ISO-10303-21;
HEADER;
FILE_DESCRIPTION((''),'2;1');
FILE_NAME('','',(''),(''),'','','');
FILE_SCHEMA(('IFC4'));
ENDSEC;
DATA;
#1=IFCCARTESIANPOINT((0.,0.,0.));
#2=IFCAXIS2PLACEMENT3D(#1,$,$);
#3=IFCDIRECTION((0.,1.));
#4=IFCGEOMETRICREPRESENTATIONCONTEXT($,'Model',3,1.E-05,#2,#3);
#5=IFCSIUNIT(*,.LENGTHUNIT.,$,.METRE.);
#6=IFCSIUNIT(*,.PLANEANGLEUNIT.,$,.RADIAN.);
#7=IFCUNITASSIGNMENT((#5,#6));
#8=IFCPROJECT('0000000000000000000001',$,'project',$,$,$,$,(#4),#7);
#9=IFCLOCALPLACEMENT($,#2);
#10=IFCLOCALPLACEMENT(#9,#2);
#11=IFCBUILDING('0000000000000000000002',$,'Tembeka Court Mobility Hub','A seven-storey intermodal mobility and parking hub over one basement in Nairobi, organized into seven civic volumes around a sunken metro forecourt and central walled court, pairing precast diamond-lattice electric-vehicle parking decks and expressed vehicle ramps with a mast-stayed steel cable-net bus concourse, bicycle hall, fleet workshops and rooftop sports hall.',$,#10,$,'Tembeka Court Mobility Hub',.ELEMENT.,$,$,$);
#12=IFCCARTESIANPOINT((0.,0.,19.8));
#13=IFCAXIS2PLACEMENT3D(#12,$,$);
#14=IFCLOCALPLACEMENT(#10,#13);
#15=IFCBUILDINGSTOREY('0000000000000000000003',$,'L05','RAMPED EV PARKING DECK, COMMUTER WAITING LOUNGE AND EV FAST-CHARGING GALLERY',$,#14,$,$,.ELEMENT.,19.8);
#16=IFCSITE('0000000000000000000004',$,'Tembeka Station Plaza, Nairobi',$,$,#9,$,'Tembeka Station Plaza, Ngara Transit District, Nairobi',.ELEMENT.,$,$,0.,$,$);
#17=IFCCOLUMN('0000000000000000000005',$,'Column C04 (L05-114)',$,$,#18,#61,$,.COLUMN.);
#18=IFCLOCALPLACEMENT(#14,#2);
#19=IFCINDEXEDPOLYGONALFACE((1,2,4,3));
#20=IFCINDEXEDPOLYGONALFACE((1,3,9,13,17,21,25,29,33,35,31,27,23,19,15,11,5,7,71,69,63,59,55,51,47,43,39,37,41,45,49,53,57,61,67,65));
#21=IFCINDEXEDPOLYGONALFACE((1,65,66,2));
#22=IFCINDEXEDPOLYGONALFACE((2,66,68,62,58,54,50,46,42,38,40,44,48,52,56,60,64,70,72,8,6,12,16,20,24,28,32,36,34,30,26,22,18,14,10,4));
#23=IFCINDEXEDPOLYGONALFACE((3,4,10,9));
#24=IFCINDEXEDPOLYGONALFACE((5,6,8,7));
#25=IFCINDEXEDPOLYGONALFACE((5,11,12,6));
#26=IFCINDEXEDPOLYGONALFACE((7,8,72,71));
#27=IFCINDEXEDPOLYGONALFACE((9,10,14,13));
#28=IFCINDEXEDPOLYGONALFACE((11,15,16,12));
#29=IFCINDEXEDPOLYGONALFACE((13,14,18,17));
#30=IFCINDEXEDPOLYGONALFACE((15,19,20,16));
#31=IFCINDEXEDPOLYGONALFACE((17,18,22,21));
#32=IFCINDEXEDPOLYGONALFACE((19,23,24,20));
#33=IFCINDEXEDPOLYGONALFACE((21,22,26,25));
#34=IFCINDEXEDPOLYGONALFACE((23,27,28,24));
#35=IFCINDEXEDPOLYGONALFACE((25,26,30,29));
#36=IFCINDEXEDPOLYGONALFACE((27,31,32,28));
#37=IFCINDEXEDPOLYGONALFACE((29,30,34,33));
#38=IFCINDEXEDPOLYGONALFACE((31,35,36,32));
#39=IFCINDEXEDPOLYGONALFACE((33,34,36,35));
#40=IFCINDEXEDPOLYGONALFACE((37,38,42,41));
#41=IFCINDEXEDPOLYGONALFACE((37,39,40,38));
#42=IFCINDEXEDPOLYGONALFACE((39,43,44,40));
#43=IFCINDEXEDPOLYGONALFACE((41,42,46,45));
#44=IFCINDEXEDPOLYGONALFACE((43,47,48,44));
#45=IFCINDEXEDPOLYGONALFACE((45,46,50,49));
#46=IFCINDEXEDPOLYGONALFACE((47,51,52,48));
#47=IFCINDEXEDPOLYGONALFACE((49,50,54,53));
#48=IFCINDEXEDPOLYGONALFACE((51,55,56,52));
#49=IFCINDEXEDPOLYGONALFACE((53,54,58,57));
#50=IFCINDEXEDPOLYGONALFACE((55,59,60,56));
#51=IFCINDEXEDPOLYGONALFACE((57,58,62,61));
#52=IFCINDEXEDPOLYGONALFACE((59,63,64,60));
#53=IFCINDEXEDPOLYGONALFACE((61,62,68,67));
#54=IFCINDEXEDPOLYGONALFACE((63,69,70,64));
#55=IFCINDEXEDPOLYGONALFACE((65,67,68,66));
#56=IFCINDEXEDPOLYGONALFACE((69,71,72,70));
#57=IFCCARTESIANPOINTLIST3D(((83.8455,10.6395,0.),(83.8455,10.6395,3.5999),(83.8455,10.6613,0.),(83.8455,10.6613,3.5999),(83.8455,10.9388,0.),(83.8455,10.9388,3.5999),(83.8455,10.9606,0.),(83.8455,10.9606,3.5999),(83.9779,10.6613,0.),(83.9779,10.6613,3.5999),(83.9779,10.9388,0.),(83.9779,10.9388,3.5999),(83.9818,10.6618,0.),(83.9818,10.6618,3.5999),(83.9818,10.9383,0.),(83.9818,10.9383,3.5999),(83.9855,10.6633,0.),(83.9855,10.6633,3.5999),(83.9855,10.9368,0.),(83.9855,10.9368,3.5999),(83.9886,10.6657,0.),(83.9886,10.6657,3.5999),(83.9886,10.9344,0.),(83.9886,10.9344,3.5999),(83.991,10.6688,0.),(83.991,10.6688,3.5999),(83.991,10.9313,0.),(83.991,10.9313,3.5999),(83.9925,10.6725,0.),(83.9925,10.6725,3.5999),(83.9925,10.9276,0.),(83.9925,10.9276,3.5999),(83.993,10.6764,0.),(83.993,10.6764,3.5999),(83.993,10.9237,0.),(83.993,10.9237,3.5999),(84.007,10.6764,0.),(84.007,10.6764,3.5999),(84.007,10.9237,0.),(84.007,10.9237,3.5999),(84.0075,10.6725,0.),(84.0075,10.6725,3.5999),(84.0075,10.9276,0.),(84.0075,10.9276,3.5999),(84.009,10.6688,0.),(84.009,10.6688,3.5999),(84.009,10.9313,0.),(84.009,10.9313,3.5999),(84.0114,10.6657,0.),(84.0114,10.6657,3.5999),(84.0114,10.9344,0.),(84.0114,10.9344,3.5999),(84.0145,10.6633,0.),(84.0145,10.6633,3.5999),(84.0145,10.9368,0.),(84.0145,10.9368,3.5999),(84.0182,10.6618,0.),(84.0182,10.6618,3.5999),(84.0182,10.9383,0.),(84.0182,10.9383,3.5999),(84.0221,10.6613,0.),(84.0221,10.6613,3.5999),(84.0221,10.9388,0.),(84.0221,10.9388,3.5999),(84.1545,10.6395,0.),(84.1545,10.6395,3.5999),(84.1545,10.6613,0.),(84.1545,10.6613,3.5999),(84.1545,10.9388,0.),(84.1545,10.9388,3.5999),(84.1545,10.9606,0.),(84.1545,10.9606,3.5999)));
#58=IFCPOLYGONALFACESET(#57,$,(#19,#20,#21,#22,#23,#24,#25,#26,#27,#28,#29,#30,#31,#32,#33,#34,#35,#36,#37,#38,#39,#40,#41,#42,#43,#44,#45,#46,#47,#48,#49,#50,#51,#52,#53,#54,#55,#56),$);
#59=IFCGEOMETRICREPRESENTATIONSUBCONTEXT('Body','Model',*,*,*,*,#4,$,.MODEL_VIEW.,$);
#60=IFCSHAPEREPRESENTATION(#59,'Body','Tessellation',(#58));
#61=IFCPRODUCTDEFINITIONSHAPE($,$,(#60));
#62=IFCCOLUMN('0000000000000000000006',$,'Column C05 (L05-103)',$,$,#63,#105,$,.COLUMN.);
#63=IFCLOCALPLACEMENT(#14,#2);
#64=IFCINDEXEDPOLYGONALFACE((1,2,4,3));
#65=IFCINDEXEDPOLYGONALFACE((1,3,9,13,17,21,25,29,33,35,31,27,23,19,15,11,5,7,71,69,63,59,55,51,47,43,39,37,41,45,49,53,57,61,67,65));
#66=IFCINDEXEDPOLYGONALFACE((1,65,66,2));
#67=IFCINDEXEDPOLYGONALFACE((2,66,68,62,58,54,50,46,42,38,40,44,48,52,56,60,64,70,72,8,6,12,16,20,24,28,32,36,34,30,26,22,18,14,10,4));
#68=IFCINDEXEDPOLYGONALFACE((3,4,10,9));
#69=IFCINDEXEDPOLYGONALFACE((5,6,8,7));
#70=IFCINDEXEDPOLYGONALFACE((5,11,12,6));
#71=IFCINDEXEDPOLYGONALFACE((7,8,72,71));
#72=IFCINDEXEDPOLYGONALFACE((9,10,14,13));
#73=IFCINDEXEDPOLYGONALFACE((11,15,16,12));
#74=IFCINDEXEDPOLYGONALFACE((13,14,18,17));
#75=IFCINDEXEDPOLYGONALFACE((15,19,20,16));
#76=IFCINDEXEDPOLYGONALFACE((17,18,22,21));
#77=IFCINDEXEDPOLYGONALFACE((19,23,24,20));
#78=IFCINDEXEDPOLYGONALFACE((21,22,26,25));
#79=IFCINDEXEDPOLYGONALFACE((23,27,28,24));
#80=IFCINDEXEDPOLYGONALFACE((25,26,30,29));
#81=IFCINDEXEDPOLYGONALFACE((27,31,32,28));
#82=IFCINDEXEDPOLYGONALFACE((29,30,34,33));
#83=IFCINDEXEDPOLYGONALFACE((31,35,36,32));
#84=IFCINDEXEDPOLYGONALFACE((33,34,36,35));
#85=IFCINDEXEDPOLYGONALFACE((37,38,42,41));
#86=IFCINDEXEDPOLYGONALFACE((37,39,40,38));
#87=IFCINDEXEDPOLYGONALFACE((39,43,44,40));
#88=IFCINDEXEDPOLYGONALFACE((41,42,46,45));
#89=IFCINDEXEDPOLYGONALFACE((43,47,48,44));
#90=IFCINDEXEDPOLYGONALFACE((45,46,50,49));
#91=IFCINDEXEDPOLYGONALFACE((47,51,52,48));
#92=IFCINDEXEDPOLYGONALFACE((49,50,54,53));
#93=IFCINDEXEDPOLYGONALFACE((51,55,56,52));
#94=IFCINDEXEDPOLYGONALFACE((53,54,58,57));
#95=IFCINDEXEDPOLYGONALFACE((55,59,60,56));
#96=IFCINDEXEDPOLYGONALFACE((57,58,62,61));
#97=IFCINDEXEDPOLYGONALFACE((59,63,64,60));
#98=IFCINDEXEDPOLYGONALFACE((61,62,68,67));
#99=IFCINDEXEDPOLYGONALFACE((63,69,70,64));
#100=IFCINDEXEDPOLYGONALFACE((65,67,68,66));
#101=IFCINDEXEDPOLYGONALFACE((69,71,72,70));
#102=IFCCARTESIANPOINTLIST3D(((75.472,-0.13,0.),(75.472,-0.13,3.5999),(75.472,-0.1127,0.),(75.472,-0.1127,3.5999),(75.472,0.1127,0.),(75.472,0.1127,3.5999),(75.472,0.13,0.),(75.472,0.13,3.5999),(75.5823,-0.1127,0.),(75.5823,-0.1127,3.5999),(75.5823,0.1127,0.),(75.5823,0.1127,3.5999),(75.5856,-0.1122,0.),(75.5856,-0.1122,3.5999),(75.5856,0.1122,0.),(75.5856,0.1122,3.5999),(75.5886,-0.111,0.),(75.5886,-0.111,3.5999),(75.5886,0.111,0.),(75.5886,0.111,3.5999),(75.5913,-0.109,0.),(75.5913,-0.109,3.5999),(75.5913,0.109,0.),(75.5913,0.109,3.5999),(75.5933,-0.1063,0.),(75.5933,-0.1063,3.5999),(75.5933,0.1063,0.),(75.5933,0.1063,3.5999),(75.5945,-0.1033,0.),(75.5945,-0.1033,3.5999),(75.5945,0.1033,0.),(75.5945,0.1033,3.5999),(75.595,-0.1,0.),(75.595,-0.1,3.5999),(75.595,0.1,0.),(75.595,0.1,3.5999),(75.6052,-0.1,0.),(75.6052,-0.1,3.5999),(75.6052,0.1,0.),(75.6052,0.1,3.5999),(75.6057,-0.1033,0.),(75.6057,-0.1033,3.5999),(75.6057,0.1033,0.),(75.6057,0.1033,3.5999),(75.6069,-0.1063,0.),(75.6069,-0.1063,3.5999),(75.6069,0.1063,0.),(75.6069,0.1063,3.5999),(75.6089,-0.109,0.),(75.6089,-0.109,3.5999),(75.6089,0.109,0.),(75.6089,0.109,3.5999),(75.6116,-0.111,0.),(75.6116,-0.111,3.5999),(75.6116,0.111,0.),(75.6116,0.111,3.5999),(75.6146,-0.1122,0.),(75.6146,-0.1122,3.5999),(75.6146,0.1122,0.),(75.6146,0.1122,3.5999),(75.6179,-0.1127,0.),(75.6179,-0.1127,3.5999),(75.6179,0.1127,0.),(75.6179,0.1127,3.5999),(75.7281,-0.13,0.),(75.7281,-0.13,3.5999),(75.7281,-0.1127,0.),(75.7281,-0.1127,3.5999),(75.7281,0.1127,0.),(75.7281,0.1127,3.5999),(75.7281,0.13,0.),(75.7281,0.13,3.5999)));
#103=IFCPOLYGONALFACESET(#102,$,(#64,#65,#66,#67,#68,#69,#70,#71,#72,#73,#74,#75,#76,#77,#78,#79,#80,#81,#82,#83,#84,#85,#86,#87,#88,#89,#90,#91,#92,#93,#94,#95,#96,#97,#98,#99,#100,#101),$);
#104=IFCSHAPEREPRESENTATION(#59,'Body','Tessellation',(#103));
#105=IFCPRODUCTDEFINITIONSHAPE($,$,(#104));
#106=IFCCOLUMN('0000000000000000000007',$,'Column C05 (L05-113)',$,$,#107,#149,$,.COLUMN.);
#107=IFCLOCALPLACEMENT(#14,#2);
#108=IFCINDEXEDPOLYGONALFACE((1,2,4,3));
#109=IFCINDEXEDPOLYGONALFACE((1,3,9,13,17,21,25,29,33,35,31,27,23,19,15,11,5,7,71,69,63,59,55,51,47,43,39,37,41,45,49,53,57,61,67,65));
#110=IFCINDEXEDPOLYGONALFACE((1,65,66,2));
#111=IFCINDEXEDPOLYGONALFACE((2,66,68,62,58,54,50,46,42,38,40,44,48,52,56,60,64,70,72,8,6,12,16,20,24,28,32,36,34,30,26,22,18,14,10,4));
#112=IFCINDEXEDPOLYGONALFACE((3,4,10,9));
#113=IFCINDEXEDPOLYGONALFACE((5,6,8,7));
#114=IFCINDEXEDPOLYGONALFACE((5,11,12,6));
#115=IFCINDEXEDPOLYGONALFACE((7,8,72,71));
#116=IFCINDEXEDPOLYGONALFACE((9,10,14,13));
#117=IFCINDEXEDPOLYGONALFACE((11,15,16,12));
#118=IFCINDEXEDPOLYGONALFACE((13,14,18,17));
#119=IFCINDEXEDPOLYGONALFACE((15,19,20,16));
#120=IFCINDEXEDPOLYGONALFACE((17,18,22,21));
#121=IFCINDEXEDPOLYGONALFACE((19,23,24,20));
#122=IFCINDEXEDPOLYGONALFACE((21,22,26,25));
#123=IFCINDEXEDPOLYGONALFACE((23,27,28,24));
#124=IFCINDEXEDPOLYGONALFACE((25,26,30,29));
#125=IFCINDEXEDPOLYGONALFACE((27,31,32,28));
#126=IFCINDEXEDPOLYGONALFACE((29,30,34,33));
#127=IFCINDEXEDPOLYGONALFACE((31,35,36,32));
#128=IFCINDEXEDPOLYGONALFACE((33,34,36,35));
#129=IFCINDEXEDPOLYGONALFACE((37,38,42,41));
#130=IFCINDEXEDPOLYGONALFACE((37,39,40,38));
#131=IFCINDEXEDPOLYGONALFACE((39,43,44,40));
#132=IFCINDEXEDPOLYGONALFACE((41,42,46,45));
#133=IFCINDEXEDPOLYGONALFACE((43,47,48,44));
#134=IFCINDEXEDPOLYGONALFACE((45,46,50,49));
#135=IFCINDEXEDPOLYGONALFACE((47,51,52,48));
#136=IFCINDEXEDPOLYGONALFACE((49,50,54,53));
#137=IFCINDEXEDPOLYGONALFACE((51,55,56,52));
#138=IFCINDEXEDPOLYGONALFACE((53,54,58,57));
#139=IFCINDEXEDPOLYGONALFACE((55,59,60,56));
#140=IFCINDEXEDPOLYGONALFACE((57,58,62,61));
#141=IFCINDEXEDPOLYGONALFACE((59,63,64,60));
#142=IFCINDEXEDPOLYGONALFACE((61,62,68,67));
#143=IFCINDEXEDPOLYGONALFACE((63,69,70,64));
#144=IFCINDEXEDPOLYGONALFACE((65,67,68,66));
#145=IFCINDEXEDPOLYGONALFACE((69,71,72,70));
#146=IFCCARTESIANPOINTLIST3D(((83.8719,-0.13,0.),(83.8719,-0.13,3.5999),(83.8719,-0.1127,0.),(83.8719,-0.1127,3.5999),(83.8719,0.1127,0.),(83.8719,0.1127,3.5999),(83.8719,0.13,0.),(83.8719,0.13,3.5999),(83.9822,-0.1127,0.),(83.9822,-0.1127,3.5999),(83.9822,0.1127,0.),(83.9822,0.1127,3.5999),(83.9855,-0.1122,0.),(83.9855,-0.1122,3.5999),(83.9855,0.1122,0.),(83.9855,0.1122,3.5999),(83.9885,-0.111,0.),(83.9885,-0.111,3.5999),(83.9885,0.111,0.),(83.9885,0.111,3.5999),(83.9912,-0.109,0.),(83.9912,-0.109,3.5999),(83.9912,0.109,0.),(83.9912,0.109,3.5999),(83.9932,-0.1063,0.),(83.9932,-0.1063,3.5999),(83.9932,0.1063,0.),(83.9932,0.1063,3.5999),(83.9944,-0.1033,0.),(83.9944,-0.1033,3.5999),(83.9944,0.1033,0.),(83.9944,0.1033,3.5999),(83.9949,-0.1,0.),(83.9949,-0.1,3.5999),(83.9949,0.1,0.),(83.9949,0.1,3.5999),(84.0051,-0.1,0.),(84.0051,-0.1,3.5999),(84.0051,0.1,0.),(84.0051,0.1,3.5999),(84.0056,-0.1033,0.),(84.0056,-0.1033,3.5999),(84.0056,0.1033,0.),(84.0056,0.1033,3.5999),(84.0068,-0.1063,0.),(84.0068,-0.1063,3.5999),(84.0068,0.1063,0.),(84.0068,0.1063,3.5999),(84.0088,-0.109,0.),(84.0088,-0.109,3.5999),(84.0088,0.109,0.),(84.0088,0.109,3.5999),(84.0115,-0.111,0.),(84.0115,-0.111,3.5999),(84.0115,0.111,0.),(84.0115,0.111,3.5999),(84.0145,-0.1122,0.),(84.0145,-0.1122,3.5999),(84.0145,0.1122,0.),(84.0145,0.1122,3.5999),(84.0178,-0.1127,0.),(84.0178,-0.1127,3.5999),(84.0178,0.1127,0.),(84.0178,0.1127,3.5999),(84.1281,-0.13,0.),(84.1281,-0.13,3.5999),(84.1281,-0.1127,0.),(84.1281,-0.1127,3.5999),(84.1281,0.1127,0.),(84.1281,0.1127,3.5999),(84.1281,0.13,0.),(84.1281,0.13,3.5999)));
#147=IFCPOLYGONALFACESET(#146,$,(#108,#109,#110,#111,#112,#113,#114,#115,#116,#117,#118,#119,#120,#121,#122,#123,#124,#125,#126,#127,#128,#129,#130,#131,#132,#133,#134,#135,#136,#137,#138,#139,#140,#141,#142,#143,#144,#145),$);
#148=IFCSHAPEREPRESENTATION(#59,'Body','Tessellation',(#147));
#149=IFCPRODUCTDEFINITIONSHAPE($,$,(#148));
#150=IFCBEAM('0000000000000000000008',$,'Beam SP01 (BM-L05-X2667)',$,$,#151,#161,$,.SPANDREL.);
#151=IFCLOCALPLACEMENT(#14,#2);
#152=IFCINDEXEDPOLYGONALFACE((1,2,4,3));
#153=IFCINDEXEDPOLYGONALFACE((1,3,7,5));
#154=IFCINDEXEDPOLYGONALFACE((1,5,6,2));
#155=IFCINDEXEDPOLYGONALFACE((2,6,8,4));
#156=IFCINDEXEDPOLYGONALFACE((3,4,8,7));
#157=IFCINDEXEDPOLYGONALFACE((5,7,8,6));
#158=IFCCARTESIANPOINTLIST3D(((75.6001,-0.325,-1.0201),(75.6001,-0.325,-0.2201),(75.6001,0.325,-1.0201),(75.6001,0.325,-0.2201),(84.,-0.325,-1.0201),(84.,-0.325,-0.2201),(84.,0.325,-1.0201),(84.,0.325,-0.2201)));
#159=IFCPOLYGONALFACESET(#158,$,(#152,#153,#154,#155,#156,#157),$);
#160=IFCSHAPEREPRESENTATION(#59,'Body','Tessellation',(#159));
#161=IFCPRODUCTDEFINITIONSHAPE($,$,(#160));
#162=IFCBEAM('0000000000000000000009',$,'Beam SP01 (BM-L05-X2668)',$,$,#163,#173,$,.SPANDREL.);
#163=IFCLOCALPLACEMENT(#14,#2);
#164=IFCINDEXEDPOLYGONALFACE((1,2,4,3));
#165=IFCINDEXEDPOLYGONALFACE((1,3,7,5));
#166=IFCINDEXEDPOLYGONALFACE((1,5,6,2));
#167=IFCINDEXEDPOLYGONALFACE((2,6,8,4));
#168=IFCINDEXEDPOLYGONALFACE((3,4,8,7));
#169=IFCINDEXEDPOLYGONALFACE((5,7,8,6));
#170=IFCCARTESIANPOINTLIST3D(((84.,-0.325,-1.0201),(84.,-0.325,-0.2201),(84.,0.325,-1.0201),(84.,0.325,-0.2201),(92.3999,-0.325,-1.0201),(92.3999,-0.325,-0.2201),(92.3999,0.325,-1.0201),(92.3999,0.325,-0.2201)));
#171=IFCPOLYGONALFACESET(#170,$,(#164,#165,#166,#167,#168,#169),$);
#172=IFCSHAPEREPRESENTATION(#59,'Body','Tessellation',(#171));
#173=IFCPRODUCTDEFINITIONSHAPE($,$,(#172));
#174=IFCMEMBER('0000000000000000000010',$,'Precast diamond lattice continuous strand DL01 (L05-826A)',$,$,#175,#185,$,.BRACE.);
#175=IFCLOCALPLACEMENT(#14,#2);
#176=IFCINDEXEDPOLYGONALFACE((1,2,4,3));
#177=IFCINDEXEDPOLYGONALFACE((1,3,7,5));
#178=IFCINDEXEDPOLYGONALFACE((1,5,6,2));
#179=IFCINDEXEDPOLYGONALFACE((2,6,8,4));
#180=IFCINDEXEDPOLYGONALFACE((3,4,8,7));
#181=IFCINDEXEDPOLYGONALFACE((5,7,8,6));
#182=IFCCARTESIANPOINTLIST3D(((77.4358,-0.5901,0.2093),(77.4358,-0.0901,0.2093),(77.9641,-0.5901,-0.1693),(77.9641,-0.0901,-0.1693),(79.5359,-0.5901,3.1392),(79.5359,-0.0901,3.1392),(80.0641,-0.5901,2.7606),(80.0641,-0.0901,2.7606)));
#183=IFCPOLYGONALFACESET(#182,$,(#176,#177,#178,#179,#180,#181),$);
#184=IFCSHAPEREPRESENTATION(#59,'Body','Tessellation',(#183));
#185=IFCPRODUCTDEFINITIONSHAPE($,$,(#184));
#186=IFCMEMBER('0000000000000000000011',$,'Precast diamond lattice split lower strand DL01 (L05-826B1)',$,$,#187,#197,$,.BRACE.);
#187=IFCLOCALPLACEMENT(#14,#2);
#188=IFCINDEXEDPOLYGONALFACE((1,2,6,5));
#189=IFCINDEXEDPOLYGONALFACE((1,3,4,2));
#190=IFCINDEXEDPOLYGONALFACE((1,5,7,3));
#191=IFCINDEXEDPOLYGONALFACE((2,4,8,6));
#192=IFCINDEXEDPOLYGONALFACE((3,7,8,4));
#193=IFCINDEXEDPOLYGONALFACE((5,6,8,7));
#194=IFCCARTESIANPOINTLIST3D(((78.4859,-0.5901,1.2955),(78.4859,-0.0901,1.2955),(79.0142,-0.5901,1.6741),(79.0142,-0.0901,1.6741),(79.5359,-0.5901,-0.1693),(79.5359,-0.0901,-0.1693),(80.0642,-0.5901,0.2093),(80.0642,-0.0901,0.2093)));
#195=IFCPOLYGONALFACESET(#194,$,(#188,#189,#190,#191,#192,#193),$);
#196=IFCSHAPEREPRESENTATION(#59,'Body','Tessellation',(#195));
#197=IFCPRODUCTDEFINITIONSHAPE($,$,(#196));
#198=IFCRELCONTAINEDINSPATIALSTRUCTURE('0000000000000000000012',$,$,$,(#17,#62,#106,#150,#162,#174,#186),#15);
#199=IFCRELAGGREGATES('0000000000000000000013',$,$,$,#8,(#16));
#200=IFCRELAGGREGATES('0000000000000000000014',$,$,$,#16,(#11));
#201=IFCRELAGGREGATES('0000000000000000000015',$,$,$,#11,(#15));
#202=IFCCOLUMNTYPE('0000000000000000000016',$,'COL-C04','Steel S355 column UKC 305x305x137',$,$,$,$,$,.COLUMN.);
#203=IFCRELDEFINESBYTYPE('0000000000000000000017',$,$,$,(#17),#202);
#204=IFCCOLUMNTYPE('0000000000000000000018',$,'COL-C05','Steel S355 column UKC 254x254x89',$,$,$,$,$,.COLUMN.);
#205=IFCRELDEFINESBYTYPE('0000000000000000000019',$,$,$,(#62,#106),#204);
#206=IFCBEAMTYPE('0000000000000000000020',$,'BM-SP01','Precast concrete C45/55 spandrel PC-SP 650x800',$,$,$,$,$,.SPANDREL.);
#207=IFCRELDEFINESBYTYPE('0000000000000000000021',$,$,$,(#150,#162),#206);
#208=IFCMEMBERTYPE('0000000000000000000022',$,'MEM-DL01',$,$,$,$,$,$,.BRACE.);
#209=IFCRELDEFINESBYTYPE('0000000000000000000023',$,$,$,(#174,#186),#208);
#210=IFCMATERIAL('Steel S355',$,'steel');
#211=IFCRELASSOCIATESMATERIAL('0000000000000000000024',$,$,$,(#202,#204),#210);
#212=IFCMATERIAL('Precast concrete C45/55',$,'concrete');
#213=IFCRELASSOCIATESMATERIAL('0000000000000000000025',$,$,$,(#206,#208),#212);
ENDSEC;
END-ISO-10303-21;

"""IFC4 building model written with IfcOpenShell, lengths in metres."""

from ifc_helpers import new_model, si_unit, direction, frame, origin, origin_2d, place, context, subcontext, project, spatial, rectangle, i_section, extrude, material, material_profile, profile_set, type_object, element, save


model = new_model("IFC4")

# Units and contexts
model_context = context("Model", 3, precision=1e-05, world=origin(), true_north=direction((0.0, 1.0)))
body_context = subcontext(model_context, "Body", "Model", "MODEL_VIEW")
ifc_project = project(units=[si_unit("LENGTHUNIT", "METRE"), si_unit("PLANEANGLEUNIT", "RADIAN")], contexts=[model_context])

# Site, building, storey
site_placement = place(None, origin())
site = spatial("IfcSite", under=ifc_project, at=site_placement, Name="Tembeka Station Plaza, Nairobi", LongName="Tembeka Station Plaza, Ngara Transit District, Nairobi", CompositionType="ELEMENT", RefElevation=0.0)
building_placement = place(site_placement, origin())
building = spatial("IfcBuilding", under=site, at=building_placement, Name="Tembeka Court Mobility Hub", Description="A seven-storey intermodal mobility and parking hub over one basement in Nairobi, organized into seven civic volumes around a sunken metro forecourt and central walled court, pairing precast diamond-lattice electric-vehicle parking decks and expressed vehicle ramps with a mast-stayed steel cable-net bus concourse, bicycle hall, fleet workshops and rooftop sports hall.", LongName="Tembeka Court Mobility Hub", CompositionType="ELEMENT")
storey_placement = place(building_placement, frame((0.0, 0.0, 19.8)))
storey = spatial("IfcBuildingStorey", under=building, at=storey_placement, Name="L05", Description="RAMPED EV PARKING DECK, COMMUTER WAITING LOUNGE AND EV FAST-CHARGING GALLERY", CompositionType="ELEMENT", Elevation=19.8)

# Columns
ifc_material_1 = material(Name="Steel S355", Category="steel")
ifc_material_profile_1 = material_profile(ifc_material_1, i_section(OverallWidth=0.3091, OverallDepth=0.321, WebThickness=0.0139, FlangeThickness=0.0217, FilletRadius=0.0151, at=origin_2d()), Name="UKC 305x305x137")
ifc_profile_set_1 = profile_set([ifc_material_profile_1], Name="Steel S355")
column_type_1 = type_object("IfcColumnType", Name="COL-C04", Description="Steel S355 column UKC 305x305x137", PredefinedType="COLUMN", material=ifc_profile_set_1)
column_placement = place(storey_placement, frame((84.0, 10.8, 0.0), z_axis=(0.0, 0.0, 1.0), x_axis=(1.0, 0.0, 0.0)))
element("IfcColumn", 1, at=column_placement, inside=storey, type_object=column_type_1, Name="Column C04 (L05-114)", PredefinedType="COLUMN", context=body_context, shape_type="SweptSolid", body=[
    extrude(i_section(OverallWidth=0.3091, OverallDepth=0.321, WebThickness=0.0139, FlangeThickness=0.0217, FilletRadius=0.0151, at=origin_2d()), origin(), (0.0, 0.0, 1.0), 3.5999),
])
ifc_material_profile_2 = material_profile(ifc_material_1, i_section(OverallWidth=0.2561, OverallDepth=0.26, WebThickness=0.0103, FlangeThickness=0.0173, FilletRadius=0.0127, at=origin_2d()), Name="UKC 254x254x89")
ifc_profile_set_2 = profile_set([ifc_material_profile_2], Name="Steel S355")
column_type_2 = type_object("IfcColumnType", Name="COL-C05", Description="Steel S355 column UKC 254x254x89", PredefinedType="COLUMN", material=ifc_profile_set_2)
for number, where, z_axis, x_axis, name in (
    (2, (75.6001, 0.0, 0.0), (0.0, 0.0, 1.0), (1.0, 0.0, 0.0), "Column C05 (L05-103)"),
    (3, (84.0, 0.0, 0.0), (0.0, 0.0, 1.0), (1.0, 0.0, 0.0), "Column C05 (L05-113)"),
):
    element("IfcColumn", number, at=place(storey_placement, frame(where, z_axis=z_axis, x_axis=x_axis)), inside=storey, type_object=column_type_2, Name=name, PredefinedType="COLUMN", context=body_context, shape_type="SweptSolid", body=[
        extrude(i_section(OverallWidth=0.2561, OverallDepth=0.26, WebThickness=0.0103, FlangeThickness=0.0173, FilletRadius=0.0127, at=origin_2d()), origin(), (0.0, 0.0, 1.0), 3.5999),
    ])

# Beams
ifc_material_2 = material(Name="Precast concrete C45/55", Category="concrete")
ifc_material_profile_3 = material_profile(ifc_material_2, rectangle(XDim=0.6499, YDim=0.8, at=origin_2d()), Name="PC-SP 650x800")
ifc_profile_set_3 = profile_set([ifc_material_profile_3], Name="Precast concrete C45/55")
beam_type = type_object("IfcBeamType", Name="BM-SP01", Description="Precast concrete C45/55 spandrel PC-SP 650x800", PredefinedType="SPANDREL", material=ifc_profile_set_3)
for number, where, z_axis, x_axis, name in (
    (4, (75.6001, 0.0, -0.6201), (1.0, 0.0, 0.0), (0.0, 1.0, 0.0), "Beam SP01 (BM-L05-X2667)"),
    (5, (84.0, 0.0, -0.6201), (1.0, 0.0, 0.0), (0.0, 1.0, 0.0), "Beam SP01 (BM-L05-X2668)"),
):
    element("IfcBeam", number, at=place(storey_placement, frame(where, z_axis=z_axis, x_axis=x_axis)), inside=storey, type_object=beam_type, Name=name, PredefinedType="SPANDREL", context=body_context, shape_type="SweptSolid", body=[
        extrude(rectangle(XDim=0.6499, YDim=0.8, at=origin_2d()), origin(), (0.0, 0.0, 1.0), 8.3999),
    ])

# Members
ifc_material_profile_4 = material_profile(ifc_material_2, rectangle(XDim=0.5, YDim=0.6499, at=origin_2d()), Name="PC-DIAG 500x650")
ifc_profile_set_4 = profile_set([ifc_material_profile_4], Name="Precast concrete C45/55")
member_type_1 = type_object("IfcMemberType", Name="MEM-DL01", PredefinedType="BRACE", material=ifc_profile_set_4)
member_1_placement = place(storey_placement, frame((77.7, -0.3401, 0.02), z_axis=(0.582576, 0.0, 0.812776), x_axis=(0.0, 1.0, 0.0)))
element("IfcMember", 6, at=member_1_placement, inside=storey, type_object=member_type_1, Name="Precast diamond lattice continuous strand DL01 (L05-826A)", PredefinedType="BRACE", context=body_context, shape_type="SweptSolid", body=[
    extrude(rectangle(XDim=0.5, YDim=0.6499, at=origin_2d()), origin(), (0.0, 0.0, 1.0), 3.6047),
])
member_2_placement = place(storey_placement, frame((79.8, -0.3401, 0.02), z_axis=(-0.582608, 0.0, 0.812753), x_axis=(0.0, -1.0, 0.0)))
element("IfcMember", 7, at=member_2_placement, inside=storey, type_object=member_type_1, Name="Precast diamond lattice split lower strand DL01 (L05-826B1)", PredefinedType="BRACE", context=body_context, shape_type="SweptSolid", body=[
    extrude(rectangle(XDim=0.5, YDim=0.6499, at=origin_2d()), origin(), (0.0, 0.0, 1.0), 1.8022),
])

save(model, "model.ifc")
